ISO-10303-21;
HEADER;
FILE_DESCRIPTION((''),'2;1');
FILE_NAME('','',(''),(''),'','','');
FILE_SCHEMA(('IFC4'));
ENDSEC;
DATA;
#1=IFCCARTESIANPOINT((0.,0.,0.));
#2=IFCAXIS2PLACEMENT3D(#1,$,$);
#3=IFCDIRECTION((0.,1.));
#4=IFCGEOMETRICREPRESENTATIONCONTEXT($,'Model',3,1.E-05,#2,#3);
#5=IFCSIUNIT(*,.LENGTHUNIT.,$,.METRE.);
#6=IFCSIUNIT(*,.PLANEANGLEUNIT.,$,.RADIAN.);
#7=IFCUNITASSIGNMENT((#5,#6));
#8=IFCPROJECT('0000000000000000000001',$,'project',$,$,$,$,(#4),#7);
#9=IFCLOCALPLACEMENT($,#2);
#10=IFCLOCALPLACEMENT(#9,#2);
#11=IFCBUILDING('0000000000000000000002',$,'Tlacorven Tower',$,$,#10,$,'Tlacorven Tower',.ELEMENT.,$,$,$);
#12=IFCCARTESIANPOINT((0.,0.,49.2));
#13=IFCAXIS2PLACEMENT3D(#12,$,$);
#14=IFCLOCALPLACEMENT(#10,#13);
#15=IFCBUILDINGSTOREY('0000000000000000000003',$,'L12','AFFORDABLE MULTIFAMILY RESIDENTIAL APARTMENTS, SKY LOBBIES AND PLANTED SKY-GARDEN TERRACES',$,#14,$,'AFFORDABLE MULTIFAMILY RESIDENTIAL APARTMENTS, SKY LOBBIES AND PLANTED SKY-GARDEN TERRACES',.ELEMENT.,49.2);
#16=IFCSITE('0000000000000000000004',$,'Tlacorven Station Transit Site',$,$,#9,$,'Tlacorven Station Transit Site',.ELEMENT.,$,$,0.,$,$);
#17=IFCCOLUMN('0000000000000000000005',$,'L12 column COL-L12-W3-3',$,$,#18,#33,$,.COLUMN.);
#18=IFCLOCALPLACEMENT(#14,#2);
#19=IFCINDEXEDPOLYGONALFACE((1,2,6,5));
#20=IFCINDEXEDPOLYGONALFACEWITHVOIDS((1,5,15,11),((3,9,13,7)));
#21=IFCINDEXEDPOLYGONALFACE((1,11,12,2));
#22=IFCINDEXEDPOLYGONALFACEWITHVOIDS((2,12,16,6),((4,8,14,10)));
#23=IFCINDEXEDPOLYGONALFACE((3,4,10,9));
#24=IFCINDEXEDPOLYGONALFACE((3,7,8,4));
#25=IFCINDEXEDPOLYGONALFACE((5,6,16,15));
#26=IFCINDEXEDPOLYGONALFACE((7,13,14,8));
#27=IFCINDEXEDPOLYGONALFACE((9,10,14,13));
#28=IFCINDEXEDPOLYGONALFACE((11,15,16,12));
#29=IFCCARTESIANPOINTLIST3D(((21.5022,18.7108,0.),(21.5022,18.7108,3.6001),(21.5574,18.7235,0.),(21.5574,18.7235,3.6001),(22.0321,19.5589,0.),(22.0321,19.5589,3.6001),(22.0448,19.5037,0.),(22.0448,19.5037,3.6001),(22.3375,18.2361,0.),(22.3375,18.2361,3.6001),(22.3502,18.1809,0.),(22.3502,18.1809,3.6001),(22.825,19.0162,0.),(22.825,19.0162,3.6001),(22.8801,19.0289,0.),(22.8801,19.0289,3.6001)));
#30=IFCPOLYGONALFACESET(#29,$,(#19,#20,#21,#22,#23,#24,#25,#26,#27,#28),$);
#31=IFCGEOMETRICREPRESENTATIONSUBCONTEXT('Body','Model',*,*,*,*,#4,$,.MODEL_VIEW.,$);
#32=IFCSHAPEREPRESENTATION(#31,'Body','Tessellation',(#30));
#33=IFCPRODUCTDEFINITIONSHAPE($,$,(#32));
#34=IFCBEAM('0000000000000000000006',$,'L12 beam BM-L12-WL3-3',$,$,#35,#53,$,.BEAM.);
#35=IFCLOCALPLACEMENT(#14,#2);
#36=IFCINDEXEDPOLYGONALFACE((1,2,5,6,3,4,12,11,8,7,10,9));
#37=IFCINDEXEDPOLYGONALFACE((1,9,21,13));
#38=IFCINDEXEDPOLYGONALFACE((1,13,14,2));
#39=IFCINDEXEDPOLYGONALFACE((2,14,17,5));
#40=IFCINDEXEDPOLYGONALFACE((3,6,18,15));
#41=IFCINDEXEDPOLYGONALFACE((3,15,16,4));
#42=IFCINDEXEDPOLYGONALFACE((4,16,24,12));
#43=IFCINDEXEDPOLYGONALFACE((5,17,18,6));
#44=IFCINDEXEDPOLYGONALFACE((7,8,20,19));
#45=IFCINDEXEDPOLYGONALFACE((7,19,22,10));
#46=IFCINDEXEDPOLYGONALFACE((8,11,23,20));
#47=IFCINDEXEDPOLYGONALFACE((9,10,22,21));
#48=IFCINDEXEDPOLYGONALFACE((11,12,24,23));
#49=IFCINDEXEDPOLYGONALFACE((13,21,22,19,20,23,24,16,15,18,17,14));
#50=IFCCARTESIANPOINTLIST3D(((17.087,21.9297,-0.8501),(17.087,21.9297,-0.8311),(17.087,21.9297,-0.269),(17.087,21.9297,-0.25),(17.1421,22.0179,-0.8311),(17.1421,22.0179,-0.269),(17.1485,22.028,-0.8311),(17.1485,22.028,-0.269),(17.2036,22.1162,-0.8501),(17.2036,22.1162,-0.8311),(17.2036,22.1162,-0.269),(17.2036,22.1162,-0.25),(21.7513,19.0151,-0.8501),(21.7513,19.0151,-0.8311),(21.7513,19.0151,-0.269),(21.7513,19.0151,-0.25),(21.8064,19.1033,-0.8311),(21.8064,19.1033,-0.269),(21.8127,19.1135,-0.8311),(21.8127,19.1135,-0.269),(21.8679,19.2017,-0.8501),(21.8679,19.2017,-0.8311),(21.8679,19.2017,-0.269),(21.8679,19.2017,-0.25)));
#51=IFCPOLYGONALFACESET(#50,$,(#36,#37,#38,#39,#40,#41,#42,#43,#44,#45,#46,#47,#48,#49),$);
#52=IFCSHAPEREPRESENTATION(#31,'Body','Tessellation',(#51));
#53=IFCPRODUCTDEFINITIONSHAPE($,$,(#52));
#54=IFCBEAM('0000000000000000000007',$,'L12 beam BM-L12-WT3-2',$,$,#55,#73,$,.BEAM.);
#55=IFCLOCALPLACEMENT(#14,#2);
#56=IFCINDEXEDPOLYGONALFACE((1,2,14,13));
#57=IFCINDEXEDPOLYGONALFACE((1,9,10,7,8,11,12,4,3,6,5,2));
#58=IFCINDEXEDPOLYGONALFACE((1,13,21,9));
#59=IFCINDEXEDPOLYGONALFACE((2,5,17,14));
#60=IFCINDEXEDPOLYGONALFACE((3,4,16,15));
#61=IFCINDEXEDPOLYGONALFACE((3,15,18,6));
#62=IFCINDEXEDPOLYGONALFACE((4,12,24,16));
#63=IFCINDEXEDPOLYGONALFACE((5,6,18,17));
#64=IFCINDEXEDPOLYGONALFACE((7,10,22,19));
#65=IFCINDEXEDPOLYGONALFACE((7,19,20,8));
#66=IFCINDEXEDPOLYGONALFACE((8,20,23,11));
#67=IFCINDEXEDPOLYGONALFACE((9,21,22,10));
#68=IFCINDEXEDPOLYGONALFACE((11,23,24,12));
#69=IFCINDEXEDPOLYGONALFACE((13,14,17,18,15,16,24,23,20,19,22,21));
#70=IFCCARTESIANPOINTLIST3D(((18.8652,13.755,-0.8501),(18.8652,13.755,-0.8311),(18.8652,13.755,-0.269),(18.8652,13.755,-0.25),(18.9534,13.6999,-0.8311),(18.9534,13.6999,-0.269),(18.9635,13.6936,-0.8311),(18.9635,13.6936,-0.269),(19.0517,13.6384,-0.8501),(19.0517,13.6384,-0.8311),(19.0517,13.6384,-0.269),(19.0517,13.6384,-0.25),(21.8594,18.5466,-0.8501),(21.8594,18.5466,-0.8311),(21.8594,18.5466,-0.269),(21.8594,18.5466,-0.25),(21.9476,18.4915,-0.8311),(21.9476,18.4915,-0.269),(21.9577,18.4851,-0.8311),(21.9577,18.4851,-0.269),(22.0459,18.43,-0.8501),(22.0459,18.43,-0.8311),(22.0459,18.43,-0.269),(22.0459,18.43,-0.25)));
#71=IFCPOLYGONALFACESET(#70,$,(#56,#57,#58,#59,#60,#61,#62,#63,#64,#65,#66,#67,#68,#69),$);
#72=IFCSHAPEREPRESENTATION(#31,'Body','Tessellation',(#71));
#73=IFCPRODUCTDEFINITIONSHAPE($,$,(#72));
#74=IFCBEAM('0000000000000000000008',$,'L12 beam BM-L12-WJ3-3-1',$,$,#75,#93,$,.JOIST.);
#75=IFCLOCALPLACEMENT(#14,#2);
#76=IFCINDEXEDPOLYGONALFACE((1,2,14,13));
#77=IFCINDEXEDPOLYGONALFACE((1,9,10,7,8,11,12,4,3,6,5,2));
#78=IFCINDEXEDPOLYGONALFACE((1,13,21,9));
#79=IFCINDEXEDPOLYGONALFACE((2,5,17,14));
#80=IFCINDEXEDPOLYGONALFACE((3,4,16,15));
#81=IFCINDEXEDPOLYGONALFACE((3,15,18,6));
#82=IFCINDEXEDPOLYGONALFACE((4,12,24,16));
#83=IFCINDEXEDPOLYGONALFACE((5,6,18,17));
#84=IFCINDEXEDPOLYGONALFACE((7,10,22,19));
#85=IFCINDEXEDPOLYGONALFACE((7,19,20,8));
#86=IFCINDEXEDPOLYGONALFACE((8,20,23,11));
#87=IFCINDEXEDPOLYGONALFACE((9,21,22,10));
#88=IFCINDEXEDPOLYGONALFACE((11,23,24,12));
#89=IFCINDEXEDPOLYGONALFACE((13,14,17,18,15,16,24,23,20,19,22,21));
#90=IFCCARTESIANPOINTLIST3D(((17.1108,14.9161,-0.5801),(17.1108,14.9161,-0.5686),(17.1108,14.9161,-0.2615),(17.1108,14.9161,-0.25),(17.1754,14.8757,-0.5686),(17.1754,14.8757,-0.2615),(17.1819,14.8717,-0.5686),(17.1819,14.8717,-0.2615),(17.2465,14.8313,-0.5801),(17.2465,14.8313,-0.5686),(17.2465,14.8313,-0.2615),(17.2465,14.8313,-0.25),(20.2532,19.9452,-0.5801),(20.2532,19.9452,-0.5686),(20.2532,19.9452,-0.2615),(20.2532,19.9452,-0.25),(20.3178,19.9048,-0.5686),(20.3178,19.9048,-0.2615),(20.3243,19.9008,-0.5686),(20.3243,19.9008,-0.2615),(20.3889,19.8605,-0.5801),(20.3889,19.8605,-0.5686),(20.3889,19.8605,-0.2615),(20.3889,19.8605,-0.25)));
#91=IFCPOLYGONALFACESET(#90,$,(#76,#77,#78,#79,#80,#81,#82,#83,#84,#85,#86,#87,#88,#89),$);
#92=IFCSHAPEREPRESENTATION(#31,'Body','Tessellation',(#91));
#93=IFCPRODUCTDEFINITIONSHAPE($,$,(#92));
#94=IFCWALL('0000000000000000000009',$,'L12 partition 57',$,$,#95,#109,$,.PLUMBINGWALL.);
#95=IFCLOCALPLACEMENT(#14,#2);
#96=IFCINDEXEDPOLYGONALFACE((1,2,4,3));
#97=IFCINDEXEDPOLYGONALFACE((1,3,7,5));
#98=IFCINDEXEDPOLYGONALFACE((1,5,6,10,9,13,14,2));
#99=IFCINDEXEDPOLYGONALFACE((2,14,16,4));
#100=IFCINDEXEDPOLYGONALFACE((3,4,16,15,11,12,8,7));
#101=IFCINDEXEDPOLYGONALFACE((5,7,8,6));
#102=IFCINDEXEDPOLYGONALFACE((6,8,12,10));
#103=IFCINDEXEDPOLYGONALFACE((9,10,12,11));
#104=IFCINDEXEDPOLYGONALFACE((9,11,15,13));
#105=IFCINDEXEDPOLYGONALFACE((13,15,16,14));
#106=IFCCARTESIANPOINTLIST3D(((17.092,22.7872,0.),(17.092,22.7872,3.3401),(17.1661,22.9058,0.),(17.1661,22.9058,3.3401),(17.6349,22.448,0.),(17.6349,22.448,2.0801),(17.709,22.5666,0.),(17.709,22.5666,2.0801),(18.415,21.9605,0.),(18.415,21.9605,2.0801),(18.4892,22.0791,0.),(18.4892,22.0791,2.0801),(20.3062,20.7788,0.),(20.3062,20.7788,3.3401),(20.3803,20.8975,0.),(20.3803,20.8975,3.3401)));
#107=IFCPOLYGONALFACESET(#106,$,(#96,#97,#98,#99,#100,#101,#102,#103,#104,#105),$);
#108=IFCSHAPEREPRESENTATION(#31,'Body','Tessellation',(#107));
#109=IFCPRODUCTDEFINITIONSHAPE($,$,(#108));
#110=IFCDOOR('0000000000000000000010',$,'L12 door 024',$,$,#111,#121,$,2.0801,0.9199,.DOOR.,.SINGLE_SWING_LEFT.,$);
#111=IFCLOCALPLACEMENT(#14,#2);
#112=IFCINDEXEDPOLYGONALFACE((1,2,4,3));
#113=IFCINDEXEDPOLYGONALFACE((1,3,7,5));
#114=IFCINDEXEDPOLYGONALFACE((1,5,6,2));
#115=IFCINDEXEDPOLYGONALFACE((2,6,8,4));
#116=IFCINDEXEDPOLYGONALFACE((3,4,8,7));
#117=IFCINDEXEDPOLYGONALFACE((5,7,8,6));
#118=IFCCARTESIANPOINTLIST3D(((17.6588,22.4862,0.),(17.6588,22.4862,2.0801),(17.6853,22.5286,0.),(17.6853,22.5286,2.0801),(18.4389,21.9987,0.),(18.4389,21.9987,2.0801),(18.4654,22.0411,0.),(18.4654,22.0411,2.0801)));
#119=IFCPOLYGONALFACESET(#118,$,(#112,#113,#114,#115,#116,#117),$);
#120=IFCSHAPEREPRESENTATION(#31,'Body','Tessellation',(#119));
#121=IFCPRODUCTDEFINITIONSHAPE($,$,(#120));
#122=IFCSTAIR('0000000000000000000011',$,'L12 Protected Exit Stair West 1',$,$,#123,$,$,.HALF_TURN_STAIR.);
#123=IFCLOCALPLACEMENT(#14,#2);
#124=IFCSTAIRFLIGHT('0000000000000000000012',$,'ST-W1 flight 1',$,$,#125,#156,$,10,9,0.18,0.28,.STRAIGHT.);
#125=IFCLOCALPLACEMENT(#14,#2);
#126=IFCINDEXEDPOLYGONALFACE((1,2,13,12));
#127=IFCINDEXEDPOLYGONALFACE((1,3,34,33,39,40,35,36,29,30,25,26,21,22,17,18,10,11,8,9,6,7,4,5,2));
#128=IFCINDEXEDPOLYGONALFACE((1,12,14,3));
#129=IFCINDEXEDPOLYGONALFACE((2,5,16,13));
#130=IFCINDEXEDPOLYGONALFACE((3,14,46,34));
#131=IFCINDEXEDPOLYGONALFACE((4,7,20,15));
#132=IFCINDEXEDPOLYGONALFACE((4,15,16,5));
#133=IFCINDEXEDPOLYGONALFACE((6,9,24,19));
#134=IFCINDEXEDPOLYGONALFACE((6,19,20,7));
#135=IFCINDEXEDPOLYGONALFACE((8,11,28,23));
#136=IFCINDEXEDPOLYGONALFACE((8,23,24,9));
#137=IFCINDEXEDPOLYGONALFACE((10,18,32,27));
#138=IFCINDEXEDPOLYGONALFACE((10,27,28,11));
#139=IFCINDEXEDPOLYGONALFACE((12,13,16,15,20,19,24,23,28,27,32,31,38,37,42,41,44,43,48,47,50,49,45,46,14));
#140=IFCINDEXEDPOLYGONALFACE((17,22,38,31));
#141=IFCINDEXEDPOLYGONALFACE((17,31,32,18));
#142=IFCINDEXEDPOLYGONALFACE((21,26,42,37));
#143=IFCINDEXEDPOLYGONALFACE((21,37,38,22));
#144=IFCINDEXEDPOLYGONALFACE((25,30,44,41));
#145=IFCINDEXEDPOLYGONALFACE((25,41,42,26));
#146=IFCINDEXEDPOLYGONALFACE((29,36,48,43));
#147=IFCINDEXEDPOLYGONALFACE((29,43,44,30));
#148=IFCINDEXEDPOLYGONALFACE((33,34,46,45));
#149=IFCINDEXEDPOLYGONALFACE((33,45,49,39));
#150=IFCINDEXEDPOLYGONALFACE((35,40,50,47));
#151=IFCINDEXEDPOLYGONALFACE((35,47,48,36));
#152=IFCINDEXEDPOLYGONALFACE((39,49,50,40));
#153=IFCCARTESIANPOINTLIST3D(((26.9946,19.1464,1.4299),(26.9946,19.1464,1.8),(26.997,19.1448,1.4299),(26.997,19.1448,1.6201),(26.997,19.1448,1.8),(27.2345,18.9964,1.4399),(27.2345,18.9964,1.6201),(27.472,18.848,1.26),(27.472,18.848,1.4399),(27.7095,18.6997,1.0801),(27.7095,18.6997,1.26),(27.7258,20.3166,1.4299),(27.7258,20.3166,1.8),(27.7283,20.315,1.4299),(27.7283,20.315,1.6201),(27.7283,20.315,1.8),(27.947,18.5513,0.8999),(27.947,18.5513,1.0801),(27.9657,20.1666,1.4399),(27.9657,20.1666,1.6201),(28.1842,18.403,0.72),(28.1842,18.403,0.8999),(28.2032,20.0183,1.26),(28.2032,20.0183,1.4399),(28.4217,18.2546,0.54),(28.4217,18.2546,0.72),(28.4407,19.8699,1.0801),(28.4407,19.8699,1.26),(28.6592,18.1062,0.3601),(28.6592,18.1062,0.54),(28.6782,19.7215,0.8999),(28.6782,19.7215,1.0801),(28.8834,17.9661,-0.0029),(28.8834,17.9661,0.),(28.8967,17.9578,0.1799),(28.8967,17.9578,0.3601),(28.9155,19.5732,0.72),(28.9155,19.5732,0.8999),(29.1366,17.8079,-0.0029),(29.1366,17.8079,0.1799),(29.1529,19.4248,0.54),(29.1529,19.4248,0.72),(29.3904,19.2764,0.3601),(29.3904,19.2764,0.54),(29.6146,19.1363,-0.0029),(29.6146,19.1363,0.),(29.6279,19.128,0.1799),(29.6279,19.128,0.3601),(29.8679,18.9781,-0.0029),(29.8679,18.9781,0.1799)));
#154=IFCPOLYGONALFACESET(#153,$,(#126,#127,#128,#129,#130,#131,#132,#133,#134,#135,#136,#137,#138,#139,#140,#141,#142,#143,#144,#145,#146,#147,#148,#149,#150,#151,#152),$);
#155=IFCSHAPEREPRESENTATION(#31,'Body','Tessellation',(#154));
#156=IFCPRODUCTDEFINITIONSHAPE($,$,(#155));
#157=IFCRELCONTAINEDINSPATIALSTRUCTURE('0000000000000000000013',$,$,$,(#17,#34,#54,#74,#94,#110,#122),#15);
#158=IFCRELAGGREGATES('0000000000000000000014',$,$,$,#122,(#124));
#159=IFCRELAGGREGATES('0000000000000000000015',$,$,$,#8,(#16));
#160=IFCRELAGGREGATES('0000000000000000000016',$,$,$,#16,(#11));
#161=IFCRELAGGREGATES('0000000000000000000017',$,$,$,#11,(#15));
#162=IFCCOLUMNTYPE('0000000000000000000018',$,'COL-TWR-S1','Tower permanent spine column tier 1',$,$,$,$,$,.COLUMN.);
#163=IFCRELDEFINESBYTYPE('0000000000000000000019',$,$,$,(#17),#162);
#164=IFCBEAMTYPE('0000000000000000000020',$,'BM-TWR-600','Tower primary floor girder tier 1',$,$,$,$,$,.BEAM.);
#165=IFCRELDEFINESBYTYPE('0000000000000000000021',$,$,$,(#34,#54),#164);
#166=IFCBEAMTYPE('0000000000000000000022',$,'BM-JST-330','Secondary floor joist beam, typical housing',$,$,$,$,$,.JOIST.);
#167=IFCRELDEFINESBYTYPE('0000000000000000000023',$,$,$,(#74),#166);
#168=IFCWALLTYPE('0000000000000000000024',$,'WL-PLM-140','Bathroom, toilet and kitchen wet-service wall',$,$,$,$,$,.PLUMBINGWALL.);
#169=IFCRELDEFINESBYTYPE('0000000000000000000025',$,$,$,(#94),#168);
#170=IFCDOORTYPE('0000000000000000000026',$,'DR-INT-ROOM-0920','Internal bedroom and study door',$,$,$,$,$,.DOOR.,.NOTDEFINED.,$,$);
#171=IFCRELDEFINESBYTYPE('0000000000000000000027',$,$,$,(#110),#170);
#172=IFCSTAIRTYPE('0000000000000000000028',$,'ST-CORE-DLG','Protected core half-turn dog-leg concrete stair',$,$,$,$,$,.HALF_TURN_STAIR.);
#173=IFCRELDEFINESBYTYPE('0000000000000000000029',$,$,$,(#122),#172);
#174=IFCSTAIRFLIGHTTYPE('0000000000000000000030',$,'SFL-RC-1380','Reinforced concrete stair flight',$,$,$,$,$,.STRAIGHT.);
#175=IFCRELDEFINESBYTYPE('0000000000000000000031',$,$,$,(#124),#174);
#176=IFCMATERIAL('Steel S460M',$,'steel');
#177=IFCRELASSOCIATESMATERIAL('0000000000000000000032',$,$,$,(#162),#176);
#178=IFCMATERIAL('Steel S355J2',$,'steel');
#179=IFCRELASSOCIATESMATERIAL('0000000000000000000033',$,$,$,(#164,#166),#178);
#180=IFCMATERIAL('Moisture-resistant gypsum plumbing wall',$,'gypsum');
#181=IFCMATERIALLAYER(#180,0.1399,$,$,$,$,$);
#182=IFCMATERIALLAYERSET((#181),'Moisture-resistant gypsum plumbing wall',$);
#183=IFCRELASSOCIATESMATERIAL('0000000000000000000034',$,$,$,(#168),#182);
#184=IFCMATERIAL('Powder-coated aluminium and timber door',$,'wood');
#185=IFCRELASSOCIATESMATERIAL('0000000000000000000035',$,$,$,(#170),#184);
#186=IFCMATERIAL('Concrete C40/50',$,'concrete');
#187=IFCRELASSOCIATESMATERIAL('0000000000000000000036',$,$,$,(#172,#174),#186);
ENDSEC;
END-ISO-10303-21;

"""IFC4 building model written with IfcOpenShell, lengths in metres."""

from ifc_helpers import new_model, si_unit, direction, frame, frame_2d, origin, origin_2d, place, context, subcontext, project, spatial, polyline, rectangle, hollow_rectangle, i_section, outline, extrude, source, transform, mapped, material, layer, layer_set, material_profile, profile_set, type_object, element, fill, aggregate, save


model = new_model("IFC4")

# Units and contexts
model_context = context("Model", 3, precision=1e-05, world=origin(), true_north=direction((0.0, 1.0)))
body_context = subcontext(model_context, "Body", "Model", "MODEL_VIEW")
ifc_project = project(units=[si_unit("LENGTHUNIT", "METRE"), si_unit("PLANEANGLEUNIT", "RADIAN")], contexts=[model_context])

# Site, building, storey
site_placement = place(None, origin())
site = spatial("IfcSite", under=ifc_project, at=site_placement, Name="Tlacorven Station Transit Site", LongName="Tlacorven Station Transit Site", CompositionType="ELEMENT", RefElevation=0.0)
building_placement = place(site_placement, origin())
building = spatial("IfcBuilding", under=site, at=building_placement, Name="Tlacorven Tower", LongName="Tlacorven Tower", CompositionType="ELEMENT")
storey_placement = place(building_placement, frame((0.0, 0.0, 49.2)))
storey = spatial("IfcBuildingStorey", under=building, at=storey_placement, Name="L12", Description="AFFORDABLE MULTIFAMILY RESIDENTIAL APARTMENTS, SKY LOBBIES AND PLANTED SKY-GARDEN TERRACES", LongName="AFFORDABLE MULTIFAMILY RESIDENTIAL APARTMENTS, SKY LOBBIES AND PLANTED SKY-GARDEN TERRACES", CompositionType="ELEMENT", Elevation=49.2)

# Column
ifc_material_1 = material(Name="Steel S460M", Category="steel")
ifc_material_profile_1 = material_profile(ifc_material_1, hollow_rectangle(XDim=1.0, YDim=1.0, WallThickness=0.04, at=origin_2d()), Name="BOX 1000X1000X40")
ifc_profile_set_1 = profile_set([ifc_material_profile_1], Name="Steel S460M")
column_type = type_object("IfcColumnType", Name="COL-TWR-S1", Description="Tower permanent spine column tier 1", PredefinedType="COLUMN", material=ifc_profile_set_1)
shared_shape_1 = source(origin(), body_context, "Body", "SweptSolid", [
    extrude(hollow_rectangle(XDim=1.0, YDim=1.0, WallThickness=0.04, at=origin_2d()), origin(), (0.0, 0.0, 1.0), 3.6001),
])
column_placement = place(storey_placement, frame((22.1912, 18.8699, 0.0), z_axis=(0.0, 0.0, 1.0), x_axis=(-0.848048, 0.529919, 0.0)))
element("IfcColumn", 1, at=column_placement, inside=storey, type_object=column_type, Name="L12 column COL-L12-W3-3", PredefinedType="COLUMN", context=body_context, shape_type="MappedRepresentation", body=[
    mapped(shared_shape_1, transform((0.0, 0.0, 0.0), scale=1.0)),
])

# Beams
ifc_material_2 = material(Name="Steel S355J2", Category="steel")
ifc_material_profile_2 = material_profile(ifc_material_2, i_section(OverallWidth=0.22, OverallDepth=0.6001, WebThickness=0.012, FlangeThickness=0.019, at=origin_2d()), Name="IPE 600")
ifc_profile_set_2 = profile_set([ifc_material_profile_2], Name="Steel S355J2")
beam_type_1 = type_object("IfcBeamType", Name="BM-TWR-600", Description="Tower primary floor girder tier 1", PredefinedType="BEAM", material=ifc_profile_set_2)
shared_shape_2 = source(origin(), body_context, "Body", "SweptSolid", [
    extrude(i_section(OverallWidth=0.22, OverallDepth=0.6001, WebThickness=0.012, FlangeThickness=0.019, at=origin_2d()), origin(), (0.0, 0.0, 1.0), 5.5),
])
beam_1_placement = place(storey_placement, frame((21.8096, 19.1084, -0.55), z_axis=(-0.848051, 0.529915, 0.0), x_axis=(-0.529915, -0.848051, 0.0)))
element("IfcBeam", 2, at=beam_1_placement, inside=storey, type_object=beam_type_1, Name="L12 beam BM-L12-WL3-3", PredefinedType="BEAM", context=body_context, shape_type="MappedRepresentation", body=[
    mapped(shared_shape_2, transform((0.0, 0.0, 0.0), scale=1.0)),
])
shared_shape_3 = source(origin(), body_context, "Body", "SweptSolid", [
    extrude(i_section(OverallWidth=0.22, OverallDepth=0.6001, WebThickness=0.012, FlangeThickness=0.019, at=origin_2d()), origin(), (0.0, 0.0, 1.0), 5.6501),
])
beam_2_placement = place(storey_placement, frame((21.9526, 18.4883, -0.55), z_axis=(-0.529929, -0.848042, 0.0), x_axis=(0.848042, -0.529929, 0.0)))
element("IfcBeam", 3, at=beam_2_placement, inside=storey, type_object=beam_type_1, Name="L12 beam BM-L12-WT3-2", PredefinedType="BEAM", context=body_context, shape_type="MappedRepresentation", body=[
    mapped(shared_shape_3, transform((0.0, 0.0, 0.0), scale=1.0)),
])
ifc_material_profile_3 = material_profile(ifc_material_2, i_section(OverallWidth=0.1599, OverallDepth=0.3301, WebThickness=0.0076, FlangeThickness=0.0115, at=origin_2d()), Name="IPE 330")
ifc_profile_set_3 = profile_set([ifc_material_profile_3], Name="Steel S355J2")
beam_type_2 = type_object("IfcBeamType", Name="BM-JST-330", Description="Secondary floor joist beam, typical housing", PredefinedType="JOIST", material=ifc_profile_set_3)
shared_shape_4 = source(origin(), body_context, "Body", "SweptSolid", [
    extrude(i_section(OverallWidth=0.1599, OverallDepth=0.3301, WebThickness=0.0076, FlangeThickness=0.0115, at=origin_2d()), origin(), (0.0, 0.0, 1.0), 5.9302),
])
beam_3_placement = place(storey_placement, frame((20.321, 19.9028, -0.415), z_axis=(-0.529899, -0.848061, 0.0), x_axis=(0.848061, -0.529899, 0.0)))
element("IfcBeam", 4, at=beam_3_placement, inside=storey, type_object=beam_type_2, Name="L12 beam BM-L12-WJ3-3-1", PredefinedType="JOIST", context=body_context, shape_type="MappedRepresentation", body=[
    mapped(shared_shape_4, transform((0.0, 0.0, 0.0), scale=1.0)),
])

# Wall, opening, door
ifc_material_3 = material(Name="Moisture-resistant gypsum plumbing wall", Category="gypsum")
ifc_layer = layer(ifc_material_3, 0.1399)
ifc_layer_set = layer_set([ifc_layer], Name="Moisture-resistant gypsum plumbing wall")
wall_type = type_object("IfcWallType", Name="WL-PLM-140", Description="Bathroom, toilet and kitchen wet-service wall", PredefinedType="PLUMBINGWALL", material=ifc_layer_set)
wall_placement = place(storey_placement, frame((20.3433, 20.8381, 0.0), z_axis=(0.0, 0.0, 1.0), x_axis=(-0.84806, 0.529901, 0.0)))
wall = element("IfcWall", 5, at=wall_placement, inside=storey, type_object=wall_type, Name="L12 partition 57", PredefinedType="PLUMBINGWALL", context=body_context, shape_type="SweptSolid", body=[
    extrude(rectangle(XDim=3.79, YDim=0.1399, at=frame_2d((1.895, 0.0))), origin(), (0.0, 0.0, 1.0), 3.3401),
])
opening_placement = place(wall_placement, frame((2.23, 0.0, 0.0)))
opening = element("IfcOpeningElement", 6, at=opening_placement, cuts=wall, PredefinedType="OPENING", context=body_context, shape_type="SweptSolid", body=[
    extrude(rectangle(XDim=0.9199, YDim=2.0801, at=frame_2d((0.46, 1.04))), frame((0.0, 0.0801, 0.0), z_axis=(0.0, -1.0, 0.0), x_axis=(1.0, 0.0, 0.0)), (0.0, 0.0, 1.0), 0.1599),
])
ifc_material_4 = material(Name="Powder-coated aluminium and timber door", Category="wood")
door_type = type_object("IfcDoorType", Name="DR-INT-ROOM-0920", Description="Internal bedroom and study door", OperationType="NOTDEFINED", PredefinedType="DOOR", material=ifc_material_4)
shared_shape_5 = source(origin(), body_context, "Body", "SweptSolid", [
    extrude(rectangle(XDim=0.9199, YDim=2.0801, at=frame_2d((0.46, 1.04))), frame((0.0, 0.0249, 0.0), z_axis=(0.0, -1.0, 0.0), x_axis=(1.0, 0.0, 0.0)), (0.0, 0.0, 1.0), 0.05),
])
door_placement = place(opening_placement, origin())
door = element("IfcDoor", 7, at=door_placement, inside=storey, type_object=door_type, Name="L12 door 024", OperationType="SINGLE_SWING_LEFT", OverallHeight=2.0801, OverallWidth=0.9199, PredefinedType="DOOR", context=body_context, shape_type="MappedRepresentation", body=[
    mapped(shared_shape_5, transform((0.0, 0.0, 0.0), scale=1.0)),
])
fill(opening, door)

# Stair, stair flight
ifc_material_5 = material(Name="Concrete C40/50", Category="concrete")
stair_type = type_object("IfcStairType", Name="ST-CORE-DLG", Description="Protected core half-turn dog-leg concrete stair", PredefinedType="HALF_TURN_STAIR", material=ifc_material_5)
stair_placement = place(storey_placement, origin())
stair = element("IfcStair", 8, at=stair_placement, inside=storey, type_object=stair_type, Name="L12 Protected Exit Stair West 1", PredefinedType="HALF_TURN_STAIR")
stair_flight_type = type_object("IfcStairFlightType", Name="SFL-RC-1380", Description="Reinforced concrete stair flight", PredefinedType="STRAIGHT", material=ifc_material_5)
shared_shape_6 = source(origin(), body_context, "Body", "SweptSolid", [
    extrude(outline(polyline([(-0.0029, -0.0029), (-0.0029, 0.1799), (0.28, 0.1799), (0.28, 0.3601), (0.5601, 0.3601), (0.5601, 0.54), (0.8401, 0.54), (0.8401, 0.72), (1.1201, 0.72), (1.1201, 0.8999), (1.3999, 0.8999), (1.3999, 1.0801), (1.6799, 1.0801), (1.6799, 1.26), (1.96, 1.26), (1.96, 1.4399), (2.24, 1.4399), (2.24, 1.6201), (2.52, 1.6201), (2.52, 1.8), (2.5229, 1.8), (2.5229, 1.4299), (2.52, 1.4299), (0.2957, 0.0), (0.2957, -0.0029), (-0.0029, -0.0029)])), frame((0.0, 0.6899, 0.0), z_axis=(0.0, -1.0, 0.0), x_axis=(1.0, 0.0, 0.0)), (0.0, 0.0, 1.0), 1.3799),
])
stair_flight_1_placement = place(storey_placement, frame((29.4998, 18.3945, 0.0), z_axis=(0.0, 0.0, 1.0), x_axis=(-0.848048, 0.529919, 0.0)))
stair_flight_1 = element("IfcStairFlight", 9, at=stair_flight_1_placement, type_object=stair_flight_type, Name="ST-W1 flight 1", NumberOfRisers=10, NumberOfTreads=9, PredefinedType="STRAIGHT", RiserHeight=0.18, TreadLength=0.28, context=body_context, shape_type="MappedRepresentation", body=[
    mapped(shared_shape_6, transform((0.0, 0.0, 0.0), scale=1.0)),
])
aggregate(stair, [stair_flight_1])

save(model, "model.ifc")
